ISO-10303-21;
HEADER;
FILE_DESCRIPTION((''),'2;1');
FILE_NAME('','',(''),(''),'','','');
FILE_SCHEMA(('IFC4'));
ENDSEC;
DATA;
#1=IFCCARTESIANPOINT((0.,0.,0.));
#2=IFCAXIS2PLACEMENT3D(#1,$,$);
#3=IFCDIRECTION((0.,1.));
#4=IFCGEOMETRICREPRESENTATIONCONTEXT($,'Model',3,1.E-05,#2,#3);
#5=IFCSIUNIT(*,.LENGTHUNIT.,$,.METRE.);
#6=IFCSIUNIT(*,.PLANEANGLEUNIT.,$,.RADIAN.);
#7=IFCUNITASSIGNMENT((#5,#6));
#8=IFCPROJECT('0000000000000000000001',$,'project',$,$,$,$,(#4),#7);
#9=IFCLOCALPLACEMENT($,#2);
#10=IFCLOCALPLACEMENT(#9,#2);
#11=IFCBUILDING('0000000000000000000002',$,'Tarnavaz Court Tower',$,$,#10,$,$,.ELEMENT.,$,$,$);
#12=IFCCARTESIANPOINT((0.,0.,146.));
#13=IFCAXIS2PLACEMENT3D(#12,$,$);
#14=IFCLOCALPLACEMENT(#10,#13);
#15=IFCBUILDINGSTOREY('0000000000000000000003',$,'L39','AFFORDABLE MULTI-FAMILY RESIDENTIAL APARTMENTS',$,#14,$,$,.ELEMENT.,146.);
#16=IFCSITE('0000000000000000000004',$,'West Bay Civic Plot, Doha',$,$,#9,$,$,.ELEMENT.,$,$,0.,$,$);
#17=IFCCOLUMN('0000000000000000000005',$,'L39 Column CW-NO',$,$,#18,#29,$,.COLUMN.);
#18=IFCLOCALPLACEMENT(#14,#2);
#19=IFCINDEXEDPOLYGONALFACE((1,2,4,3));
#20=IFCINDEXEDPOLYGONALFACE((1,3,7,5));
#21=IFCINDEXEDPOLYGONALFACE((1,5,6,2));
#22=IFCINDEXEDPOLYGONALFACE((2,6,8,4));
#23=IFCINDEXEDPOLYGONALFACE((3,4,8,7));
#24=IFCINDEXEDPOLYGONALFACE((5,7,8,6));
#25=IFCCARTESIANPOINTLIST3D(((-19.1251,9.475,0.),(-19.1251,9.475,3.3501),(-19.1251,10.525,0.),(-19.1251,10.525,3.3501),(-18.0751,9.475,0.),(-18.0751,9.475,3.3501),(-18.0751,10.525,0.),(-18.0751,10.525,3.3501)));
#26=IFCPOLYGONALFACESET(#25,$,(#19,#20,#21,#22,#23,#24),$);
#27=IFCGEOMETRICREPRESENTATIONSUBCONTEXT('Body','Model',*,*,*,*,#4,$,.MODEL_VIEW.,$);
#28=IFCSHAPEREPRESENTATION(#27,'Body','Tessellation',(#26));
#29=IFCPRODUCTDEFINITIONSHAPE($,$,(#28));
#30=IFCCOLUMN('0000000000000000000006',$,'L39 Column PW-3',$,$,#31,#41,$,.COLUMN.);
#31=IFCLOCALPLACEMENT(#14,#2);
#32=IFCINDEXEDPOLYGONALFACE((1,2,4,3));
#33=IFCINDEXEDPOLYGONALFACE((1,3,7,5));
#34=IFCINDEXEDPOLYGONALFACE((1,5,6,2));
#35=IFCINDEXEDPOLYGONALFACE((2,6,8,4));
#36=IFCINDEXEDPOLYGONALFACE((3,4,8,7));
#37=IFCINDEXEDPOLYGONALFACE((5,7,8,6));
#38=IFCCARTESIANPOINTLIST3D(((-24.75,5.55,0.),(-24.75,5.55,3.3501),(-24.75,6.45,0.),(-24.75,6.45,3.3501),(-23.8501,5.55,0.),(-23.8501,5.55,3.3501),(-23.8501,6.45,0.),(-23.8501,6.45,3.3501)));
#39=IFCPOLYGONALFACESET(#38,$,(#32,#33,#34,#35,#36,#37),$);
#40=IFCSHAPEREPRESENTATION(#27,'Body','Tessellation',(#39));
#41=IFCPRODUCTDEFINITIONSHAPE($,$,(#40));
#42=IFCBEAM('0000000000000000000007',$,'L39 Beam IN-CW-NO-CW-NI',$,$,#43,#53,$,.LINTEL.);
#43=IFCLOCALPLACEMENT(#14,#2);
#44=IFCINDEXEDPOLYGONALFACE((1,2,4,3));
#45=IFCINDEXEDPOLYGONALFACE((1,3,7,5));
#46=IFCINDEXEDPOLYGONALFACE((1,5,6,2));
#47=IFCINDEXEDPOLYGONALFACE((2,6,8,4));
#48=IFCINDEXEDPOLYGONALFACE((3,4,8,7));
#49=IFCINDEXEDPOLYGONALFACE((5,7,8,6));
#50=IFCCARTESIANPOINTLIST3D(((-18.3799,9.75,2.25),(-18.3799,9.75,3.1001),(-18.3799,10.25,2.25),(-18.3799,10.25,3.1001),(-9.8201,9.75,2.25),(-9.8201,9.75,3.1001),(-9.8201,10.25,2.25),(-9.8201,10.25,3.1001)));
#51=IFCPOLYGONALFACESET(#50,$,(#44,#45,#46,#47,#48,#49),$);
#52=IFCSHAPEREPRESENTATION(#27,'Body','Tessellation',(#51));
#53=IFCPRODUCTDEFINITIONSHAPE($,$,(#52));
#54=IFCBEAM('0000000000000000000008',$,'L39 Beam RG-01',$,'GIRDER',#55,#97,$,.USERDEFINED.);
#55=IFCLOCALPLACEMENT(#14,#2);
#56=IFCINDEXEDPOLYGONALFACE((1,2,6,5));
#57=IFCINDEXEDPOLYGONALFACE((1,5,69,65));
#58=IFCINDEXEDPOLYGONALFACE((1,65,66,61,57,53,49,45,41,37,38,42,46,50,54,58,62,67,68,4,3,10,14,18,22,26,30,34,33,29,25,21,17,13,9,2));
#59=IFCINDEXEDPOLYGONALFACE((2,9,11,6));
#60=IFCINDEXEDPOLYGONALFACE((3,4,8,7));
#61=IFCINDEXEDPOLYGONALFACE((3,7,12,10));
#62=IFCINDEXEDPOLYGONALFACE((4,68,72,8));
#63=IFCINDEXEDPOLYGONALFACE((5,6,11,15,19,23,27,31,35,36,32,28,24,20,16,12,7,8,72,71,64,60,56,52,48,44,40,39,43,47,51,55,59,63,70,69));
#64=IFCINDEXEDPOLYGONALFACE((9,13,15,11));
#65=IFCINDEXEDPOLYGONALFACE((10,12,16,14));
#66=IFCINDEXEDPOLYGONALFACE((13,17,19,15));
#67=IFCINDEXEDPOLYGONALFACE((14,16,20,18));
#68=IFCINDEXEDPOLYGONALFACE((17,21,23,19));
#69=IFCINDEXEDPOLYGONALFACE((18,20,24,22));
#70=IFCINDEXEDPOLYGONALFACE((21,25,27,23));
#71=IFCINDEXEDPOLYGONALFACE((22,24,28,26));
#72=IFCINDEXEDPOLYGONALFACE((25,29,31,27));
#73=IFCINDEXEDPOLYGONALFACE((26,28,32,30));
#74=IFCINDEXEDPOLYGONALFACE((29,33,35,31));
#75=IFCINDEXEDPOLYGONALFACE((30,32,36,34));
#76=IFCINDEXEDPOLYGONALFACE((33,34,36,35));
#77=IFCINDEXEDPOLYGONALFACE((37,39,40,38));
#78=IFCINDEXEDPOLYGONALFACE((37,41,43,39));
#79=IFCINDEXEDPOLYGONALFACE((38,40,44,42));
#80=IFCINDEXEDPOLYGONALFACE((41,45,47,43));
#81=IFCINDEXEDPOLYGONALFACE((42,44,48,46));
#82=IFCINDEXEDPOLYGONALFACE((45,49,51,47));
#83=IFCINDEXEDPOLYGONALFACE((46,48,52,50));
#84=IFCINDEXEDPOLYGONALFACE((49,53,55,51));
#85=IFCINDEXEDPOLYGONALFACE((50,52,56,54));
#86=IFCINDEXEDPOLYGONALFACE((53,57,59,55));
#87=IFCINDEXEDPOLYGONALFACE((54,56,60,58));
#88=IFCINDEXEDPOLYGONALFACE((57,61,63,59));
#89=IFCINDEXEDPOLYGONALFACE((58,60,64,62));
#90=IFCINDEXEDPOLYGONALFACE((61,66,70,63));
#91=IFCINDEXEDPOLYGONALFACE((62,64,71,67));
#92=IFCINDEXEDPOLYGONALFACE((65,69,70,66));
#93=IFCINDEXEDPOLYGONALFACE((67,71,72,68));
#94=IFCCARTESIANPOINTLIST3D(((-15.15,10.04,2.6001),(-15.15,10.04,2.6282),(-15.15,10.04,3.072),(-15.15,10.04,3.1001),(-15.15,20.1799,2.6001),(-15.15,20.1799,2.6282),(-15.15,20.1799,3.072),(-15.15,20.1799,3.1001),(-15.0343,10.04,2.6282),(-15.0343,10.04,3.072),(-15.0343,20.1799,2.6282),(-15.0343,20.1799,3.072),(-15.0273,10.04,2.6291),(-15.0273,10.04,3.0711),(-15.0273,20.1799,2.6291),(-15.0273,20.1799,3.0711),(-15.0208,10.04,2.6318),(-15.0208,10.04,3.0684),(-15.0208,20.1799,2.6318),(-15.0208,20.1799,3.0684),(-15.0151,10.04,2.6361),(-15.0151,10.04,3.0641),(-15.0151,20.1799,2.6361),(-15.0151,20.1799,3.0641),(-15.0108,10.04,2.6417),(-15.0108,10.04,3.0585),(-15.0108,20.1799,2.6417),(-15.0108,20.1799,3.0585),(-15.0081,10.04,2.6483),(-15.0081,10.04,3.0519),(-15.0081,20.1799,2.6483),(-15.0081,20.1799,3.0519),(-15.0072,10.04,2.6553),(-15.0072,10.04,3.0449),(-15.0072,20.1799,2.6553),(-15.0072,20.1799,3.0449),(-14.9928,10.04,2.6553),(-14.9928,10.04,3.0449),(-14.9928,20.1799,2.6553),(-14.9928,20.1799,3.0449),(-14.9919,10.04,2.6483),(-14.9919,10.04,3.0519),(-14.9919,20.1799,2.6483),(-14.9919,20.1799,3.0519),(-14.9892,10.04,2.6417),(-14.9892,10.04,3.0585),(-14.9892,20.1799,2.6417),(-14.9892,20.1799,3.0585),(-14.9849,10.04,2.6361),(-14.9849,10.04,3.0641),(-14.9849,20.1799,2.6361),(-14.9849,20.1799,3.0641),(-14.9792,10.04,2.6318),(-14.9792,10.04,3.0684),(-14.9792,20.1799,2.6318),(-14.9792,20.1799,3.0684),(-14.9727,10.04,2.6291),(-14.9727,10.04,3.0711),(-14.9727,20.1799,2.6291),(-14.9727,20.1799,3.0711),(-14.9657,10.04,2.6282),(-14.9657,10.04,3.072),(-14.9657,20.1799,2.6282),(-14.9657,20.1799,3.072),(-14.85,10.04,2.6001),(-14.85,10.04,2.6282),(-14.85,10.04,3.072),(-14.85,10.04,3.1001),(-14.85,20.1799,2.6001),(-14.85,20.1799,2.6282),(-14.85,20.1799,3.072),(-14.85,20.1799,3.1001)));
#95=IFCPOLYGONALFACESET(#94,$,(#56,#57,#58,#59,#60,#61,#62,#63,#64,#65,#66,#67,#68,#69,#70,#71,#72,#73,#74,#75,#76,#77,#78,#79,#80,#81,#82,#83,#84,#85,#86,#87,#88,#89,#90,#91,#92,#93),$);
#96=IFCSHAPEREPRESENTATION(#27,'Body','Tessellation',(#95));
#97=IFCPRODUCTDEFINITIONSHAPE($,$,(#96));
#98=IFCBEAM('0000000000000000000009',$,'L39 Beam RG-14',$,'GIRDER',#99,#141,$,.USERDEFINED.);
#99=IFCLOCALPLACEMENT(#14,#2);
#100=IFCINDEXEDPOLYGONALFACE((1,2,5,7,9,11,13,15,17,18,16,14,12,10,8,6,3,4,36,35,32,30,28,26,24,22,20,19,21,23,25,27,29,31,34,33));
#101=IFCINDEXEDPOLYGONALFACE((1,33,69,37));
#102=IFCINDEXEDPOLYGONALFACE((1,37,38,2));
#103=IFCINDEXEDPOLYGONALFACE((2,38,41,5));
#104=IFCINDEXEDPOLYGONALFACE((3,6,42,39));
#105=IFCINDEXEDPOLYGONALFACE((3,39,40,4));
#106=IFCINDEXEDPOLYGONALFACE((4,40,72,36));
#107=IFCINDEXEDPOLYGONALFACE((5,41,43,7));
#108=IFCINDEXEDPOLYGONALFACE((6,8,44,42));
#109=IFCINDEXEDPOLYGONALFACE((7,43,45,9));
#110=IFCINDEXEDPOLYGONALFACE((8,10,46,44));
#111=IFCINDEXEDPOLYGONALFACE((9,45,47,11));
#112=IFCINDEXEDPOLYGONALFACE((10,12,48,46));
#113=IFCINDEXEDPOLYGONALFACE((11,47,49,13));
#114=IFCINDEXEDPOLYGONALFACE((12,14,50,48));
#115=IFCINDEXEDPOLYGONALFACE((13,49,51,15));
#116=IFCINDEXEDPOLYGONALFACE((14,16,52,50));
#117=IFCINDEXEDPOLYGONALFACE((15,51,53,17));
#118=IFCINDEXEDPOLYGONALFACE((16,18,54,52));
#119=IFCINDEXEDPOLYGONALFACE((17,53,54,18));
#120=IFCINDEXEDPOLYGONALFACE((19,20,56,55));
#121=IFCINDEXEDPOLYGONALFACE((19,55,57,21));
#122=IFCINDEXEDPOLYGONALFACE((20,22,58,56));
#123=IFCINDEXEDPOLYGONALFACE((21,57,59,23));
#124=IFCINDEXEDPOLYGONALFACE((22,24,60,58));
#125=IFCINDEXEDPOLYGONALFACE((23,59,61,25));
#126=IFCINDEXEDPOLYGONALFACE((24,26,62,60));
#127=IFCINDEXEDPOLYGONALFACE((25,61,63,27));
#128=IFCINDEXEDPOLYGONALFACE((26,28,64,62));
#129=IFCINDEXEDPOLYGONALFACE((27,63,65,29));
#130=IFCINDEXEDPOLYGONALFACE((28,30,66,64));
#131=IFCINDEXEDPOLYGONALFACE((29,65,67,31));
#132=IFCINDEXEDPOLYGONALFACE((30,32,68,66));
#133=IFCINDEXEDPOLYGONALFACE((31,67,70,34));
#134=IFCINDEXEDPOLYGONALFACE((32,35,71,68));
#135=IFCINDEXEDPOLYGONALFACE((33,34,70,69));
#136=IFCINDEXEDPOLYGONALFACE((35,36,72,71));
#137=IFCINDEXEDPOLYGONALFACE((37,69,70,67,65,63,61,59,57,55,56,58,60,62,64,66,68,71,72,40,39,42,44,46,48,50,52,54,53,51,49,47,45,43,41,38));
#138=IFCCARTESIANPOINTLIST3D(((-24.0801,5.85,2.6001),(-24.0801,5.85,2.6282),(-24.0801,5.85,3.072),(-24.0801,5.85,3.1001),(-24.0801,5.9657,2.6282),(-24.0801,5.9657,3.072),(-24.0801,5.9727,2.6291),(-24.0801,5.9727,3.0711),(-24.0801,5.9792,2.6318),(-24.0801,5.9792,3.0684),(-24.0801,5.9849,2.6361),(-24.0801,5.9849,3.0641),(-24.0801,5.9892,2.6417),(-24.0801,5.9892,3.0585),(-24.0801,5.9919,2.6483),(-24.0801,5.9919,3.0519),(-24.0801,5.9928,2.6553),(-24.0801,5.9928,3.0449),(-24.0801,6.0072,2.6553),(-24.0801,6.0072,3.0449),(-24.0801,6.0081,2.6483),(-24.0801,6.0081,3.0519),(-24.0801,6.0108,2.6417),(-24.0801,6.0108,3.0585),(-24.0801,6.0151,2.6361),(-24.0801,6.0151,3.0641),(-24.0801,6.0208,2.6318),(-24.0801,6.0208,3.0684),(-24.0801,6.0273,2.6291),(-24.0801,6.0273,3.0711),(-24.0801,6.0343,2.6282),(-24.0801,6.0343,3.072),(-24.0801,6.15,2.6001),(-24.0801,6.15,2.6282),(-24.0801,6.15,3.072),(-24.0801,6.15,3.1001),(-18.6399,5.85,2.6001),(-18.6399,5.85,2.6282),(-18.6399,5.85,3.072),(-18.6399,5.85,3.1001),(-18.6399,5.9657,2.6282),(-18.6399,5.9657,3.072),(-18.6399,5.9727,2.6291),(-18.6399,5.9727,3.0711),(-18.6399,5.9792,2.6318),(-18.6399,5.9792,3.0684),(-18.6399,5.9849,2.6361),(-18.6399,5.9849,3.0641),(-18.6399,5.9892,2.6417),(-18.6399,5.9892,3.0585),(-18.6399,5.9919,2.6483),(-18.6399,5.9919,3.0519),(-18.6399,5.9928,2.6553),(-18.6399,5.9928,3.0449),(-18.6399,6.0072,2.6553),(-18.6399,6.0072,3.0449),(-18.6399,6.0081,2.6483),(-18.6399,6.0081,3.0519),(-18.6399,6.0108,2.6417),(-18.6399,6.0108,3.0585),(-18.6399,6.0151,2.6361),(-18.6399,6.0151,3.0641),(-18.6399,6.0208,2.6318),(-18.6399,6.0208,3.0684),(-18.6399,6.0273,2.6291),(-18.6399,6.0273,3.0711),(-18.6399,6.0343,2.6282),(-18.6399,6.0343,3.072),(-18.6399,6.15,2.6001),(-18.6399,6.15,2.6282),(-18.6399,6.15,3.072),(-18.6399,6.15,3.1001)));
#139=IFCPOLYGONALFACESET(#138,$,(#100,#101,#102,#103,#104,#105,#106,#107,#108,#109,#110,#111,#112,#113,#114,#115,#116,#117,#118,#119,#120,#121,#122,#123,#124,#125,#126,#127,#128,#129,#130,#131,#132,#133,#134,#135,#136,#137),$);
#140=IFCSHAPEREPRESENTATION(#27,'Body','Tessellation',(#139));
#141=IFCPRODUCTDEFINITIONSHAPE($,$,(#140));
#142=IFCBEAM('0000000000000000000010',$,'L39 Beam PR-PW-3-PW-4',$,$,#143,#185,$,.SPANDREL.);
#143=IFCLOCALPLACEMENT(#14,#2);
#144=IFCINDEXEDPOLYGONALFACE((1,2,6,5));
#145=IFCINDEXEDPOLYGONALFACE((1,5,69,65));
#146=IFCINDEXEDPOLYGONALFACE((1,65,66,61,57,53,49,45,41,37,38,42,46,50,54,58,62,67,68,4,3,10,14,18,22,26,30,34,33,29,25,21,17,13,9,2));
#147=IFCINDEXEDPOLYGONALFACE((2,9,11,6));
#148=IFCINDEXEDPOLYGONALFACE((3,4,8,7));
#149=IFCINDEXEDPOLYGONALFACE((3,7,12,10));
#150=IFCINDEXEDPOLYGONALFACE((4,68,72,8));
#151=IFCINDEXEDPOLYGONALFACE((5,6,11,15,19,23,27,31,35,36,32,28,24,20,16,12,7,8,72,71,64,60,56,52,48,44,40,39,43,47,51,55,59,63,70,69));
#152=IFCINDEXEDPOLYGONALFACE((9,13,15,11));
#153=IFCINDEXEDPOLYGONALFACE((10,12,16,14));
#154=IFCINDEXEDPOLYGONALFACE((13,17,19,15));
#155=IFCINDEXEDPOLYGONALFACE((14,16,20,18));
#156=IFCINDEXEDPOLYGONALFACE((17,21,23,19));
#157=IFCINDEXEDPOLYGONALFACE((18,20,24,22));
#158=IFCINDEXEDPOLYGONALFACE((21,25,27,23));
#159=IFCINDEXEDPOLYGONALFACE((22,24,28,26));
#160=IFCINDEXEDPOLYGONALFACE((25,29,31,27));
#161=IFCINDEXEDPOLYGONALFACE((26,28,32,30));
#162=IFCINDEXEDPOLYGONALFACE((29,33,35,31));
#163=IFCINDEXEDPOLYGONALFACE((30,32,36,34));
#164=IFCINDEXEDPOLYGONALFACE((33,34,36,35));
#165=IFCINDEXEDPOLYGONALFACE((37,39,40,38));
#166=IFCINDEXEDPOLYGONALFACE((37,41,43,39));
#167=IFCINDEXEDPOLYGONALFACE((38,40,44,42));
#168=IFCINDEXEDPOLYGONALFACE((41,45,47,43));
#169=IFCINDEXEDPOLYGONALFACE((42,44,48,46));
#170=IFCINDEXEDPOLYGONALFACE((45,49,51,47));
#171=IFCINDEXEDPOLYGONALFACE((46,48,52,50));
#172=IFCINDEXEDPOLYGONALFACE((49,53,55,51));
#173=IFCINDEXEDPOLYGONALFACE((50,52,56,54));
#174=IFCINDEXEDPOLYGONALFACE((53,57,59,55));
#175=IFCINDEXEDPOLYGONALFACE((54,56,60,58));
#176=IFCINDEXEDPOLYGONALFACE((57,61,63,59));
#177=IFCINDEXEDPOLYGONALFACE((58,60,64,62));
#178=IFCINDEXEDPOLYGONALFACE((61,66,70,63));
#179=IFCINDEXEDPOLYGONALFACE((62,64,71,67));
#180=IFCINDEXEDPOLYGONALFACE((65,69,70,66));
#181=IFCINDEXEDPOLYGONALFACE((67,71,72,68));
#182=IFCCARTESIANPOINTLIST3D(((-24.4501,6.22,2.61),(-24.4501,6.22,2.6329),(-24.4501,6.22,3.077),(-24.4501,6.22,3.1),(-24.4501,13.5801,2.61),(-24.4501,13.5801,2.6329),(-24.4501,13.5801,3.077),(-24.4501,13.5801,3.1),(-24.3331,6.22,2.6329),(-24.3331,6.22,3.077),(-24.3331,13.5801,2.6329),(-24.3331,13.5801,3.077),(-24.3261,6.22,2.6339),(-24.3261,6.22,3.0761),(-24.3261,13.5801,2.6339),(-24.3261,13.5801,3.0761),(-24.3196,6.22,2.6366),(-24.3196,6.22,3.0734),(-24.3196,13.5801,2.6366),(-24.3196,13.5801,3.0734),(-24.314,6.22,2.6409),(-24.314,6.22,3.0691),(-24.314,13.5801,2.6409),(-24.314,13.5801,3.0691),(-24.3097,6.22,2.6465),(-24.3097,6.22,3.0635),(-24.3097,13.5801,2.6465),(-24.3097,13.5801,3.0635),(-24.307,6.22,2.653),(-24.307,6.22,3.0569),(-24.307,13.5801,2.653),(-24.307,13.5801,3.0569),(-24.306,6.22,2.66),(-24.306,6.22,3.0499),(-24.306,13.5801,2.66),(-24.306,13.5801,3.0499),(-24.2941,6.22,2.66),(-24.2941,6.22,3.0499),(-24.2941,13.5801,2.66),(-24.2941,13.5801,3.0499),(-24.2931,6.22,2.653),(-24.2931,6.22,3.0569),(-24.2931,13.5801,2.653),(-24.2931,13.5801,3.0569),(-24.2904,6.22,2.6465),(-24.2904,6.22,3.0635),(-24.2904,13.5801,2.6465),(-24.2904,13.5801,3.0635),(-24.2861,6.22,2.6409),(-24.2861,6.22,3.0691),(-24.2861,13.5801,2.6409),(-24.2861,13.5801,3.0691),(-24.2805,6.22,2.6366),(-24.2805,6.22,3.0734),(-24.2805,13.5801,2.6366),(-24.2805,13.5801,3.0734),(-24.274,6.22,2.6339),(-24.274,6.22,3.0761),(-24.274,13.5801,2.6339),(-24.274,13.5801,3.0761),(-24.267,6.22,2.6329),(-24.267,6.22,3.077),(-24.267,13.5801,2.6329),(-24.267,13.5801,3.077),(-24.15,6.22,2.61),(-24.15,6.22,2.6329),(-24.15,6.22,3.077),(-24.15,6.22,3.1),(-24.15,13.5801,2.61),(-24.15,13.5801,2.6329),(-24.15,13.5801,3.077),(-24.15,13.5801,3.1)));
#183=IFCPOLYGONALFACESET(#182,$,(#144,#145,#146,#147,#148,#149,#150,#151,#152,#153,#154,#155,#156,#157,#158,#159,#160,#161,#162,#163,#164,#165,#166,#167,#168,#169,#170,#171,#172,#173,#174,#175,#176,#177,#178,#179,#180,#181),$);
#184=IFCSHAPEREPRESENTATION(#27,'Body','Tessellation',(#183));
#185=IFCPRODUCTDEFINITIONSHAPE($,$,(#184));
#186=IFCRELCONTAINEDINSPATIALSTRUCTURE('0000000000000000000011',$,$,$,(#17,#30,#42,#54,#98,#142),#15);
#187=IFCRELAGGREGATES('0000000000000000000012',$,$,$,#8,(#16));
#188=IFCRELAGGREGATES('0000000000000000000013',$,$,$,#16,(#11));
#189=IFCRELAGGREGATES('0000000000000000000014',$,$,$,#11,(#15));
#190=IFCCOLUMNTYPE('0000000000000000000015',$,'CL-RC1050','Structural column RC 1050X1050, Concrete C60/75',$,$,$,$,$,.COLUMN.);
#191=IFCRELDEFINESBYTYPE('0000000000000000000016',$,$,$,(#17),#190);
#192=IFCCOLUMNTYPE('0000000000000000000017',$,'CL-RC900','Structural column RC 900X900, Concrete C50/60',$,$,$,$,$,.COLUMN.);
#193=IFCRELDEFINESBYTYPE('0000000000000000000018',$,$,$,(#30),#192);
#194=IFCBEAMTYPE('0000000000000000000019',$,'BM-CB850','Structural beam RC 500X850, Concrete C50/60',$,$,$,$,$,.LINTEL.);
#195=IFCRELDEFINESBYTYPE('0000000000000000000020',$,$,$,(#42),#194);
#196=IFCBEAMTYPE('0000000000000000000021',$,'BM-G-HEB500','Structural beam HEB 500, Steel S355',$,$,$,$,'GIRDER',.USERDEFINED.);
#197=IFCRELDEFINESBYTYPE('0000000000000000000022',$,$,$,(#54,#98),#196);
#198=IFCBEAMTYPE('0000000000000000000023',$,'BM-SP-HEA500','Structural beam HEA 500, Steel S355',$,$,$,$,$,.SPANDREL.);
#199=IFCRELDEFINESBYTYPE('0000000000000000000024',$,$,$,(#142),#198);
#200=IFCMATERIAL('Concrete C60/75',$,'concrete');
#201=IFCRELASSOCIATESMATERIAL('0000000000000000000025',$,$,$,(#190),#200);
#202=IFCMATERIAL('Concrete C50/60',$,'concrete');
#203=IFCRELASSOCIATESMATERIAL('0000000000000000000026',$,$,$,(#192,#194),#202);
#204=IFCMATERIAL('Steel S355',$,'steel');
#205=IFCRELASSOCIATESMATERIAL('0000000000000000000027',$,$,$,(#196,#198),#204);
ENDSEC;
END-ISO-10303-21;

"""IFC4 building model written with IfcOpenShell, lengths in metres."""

from ifc_helpers import new_model, si_unit, direction, frame, origin, origin_2d, place, context, subcontext, project, spatial, rectangle, i_section, extrude, material, material_profile, profile_set, type_object, element, save


model = new_model("IFC4")

# Units and contexts
model_context = context("Model", 3, precision=1e-05, world=origin(), true_north=direction((0.0, 1.0)))
body_context = subcontext(model_context, "Body", "Model", "MODEL_VIEW")
ifc_project = project(units=[si_unit("LENGTHUNIT", "METRE"), si_unit("PLANEANGLEUNIT", "RADIAN")], contexts=[model_context])

# Site, building, storey
site_placement = place(None, origin())
site = spatial("IfcSite", under=ifc_project, at=site_placement, Name="West Bay Civic Plot, Doha", CompositionType="ELEMENT", RefElevation=0.0)
building_placement = place(site_placement, origin())
building = spatial("IfcBuilding", under=site, at=building_placement, Name="Tarnavaz Court Tower", CompositionType="ELEMENT")
storey_placement = place(building_placement, frame((0.0, 0.0, 146.0)))
storey = spatial("IfcBuildingStorey", under=building, at=storey_placement, Name="L39", Description="AFFORDABLE MULTI-FAMILY RESIDENTIAL APARTMENTS", CompositionType="ELEMENT", Elevation=146.0)

# Columns
ifc_material_1 = material(Name="Concrete C60/75", Category="concrete")
ifc_material_profile_1 = material_profile(ifc_material_1, rectangle(XDim=1.05, YDim=1.05, at=origin_2d()), Name="RC 1050X1050")
ifc_profile_set_1 = profile_set([ifc_material_profile_1], Name="Concrete C60/75")
column_type_1 = type_object("IfcColumnType", Name="CL-RC1050", Description="Structural column RC 1050X1050, Concrete C60/75", PredefinedType="COLUMN", material=ifc_profile_set_1)
column_1_placement = place(storey_placement, frame((-18.6001, 10.0, 0.0), z_axis=(0.0, 0.0, 1.0), x_axis=(1.0, 0.0, 0.0)))
element("IfcColumn", 1, at=column_1_placement, inside=storey, type_object=column_type_1, Name="L39 Column CW-NO", PredefinedType="COLUMN", context=body_context, shape_type="SweptSolid", body=[
    extrude(rectangle(XDim=1.05, YDim=1.05, at=origin_2d()), origin(), (0.0, 0.0, 1.0), 3.3501),
])
ifc_material_2 = material(Name="Concrete C50/60", Category="concrete")
ifc_material_profile_2 = material_profile(ifc_material_2, rectangle(XDim=0.8999, YDim=0.8999, at=origin_2d()), Name="RC 900X900")
ifc_profile_set_2 = profile_set([ifc_material_profile_2], Name="Concrete C50/60")
column_type_2 = type_object("IfcColumnType", Name="CL-RC900", Description="Structural column RC 900X900, Concrete C50/60", PredefinedType="COLUMN", material=ifc_profile_set_2)
column_2_placement = place(storey_placement, frame((-24.3, 6.0, 0.0), z_axis=(0.0, 0.0, 1.0), x_axis=(1.0, 0.0, 0.0)))
element("IfcColumn", 2, at=column_2_placement, inside=storey, type_object=column_type_2, Name="L39 Column PW-3", PredefinedType="COLUMN", context=body_context, shape_type="SweptSolid", body=[
    extrude(rectangle(XDim=0.8999, YDim=0.8999, at=origin_2d()), origin(), (0.0, 0.0, 1.0), 3.3501),
])

# Beams
ifc_material_profile_3 = material_profile(ifc_material_2, rectangle(XDim=0.5, YDim=0.8501, at=origin_2d()), Name="RC 500X850")
ifc_profile_set_3 = profile_set([ifc_material_profile_3], Name="Concrete C50/60")
beam_type_1 = type_object("IfcBeamType", Name="BM-CB850", Description="Structural beam RC 500X850, Concrete C50/60", PredefinedType="LINTEL", material=ifc_profile_set_3)
beam_1_placement = place(storey_placement, frame((-18.3799, 10.0, 2.675), z_axis=(1.0, 0.0, 0.0), x_axis=(0.0, 1.0, 0.0)))
element("IfcBeam", 3, at=beam_1_placement, inside=storey, type_object=beam_type_1, Name="L39 Beam IN-CW-NO-CW-NI", PredefinedType="LINTEL", context=body_context, shape_type="SweptSolid", body=[
    extrude(rectangle(XDim=0.5, YDim=0.8501, at=origin_2d()), origin(), (0.0, 0.0, 1.0), 8.5598),
])
ifc_material_3 = material(Name="Steel S355", Category="steel")
ifc_material_profile_4 = material_profile(ifc_material_3, i_section(OverallWidth=0.3, OverallDepth=0.5, WebThickness=0.0144, FlangeThickness=0.0281, FilletRadius=0.0271, at=origin_2d()), Name="HEB 500")
ifc_profile_set_4 = profile_set([ifc_material_profile_4], Name="Steel S355")
beam_type_2 = type_object("IfcBeamType", Name="BM-G-HEB500", Description="Structural beam HEB 500, Steel S355", ElementType="GIRDER", PredefinedType="USERDEFINED", material=ifc_profile_set_4)
beam_2_placement = place(storey_placement, frame((-15.0, 10.04, 2.8501), z_axis=(0.0, 1.0, 0.0), x_axis=(-1.0, 0.0, 0.0)))
element("IfcBeam", 4, at=beam_2_placement, inside=storey, type_object=beam_type_2, Name="L39 Beam RG-01", ObjectType="GIRDER", PredefinedType="USERDEFINED", context=body_context, shape_type="SweptSolid", body=[
    extrude(i_section(OverallWidth=0.3, OverallDepth=0.5, WebThickness=0.0144, FlangeThickness=0.0281, FilletRadius=0.0271, at=origin_2d()), origin(), (0.0, 0.0, 1.0), 10.1399),
])
beam_3_placement = place(storey_placement, frame((-18.6399, 6.0, 2.8501), z_axis=(-1.0, 0.0, 0.0), x_axis=(0.0, -1.0, 0.0)))
element("IfcBeam", 5, at=beam_3_placement, inside=storey, type_object=beam_type_2, Name="L39 Beam RG-14", ObjectType="GIRDER", PredefinedType="USERDEFINED", context=body_context, shape_type="SweptSolid", body=[
    extrude(i_section(OverallWidth=0.3, OverallDepth=0.5, WebThickness=0.0144, FlangeThickness=0.0281, FilletRadius=0.0271, at=origin_2d()), origin(), (0.0, 0.0, 1.0), 5.4402),
])
ifc_material_profile_5 = material_profile(ifc_material_3, i_section(OverallWidth=0.3, OverallDepth=0.49, WebThickness=0.012, FlangeThickness=0.0229, FilletRadius=0.0271, at=origin_2d()), Name="HEA 500")
ifc_profile_set_5 = profile_set([ifc_material_profile_5], Name="Steel S355")
beam_type_3 = type_object("IfcBeamType", Name="BM-SP-HEA500", Description="Structural beam HEA 500, Steel S355", PredefinedType="SPANDREL", material=ifc_profile_set_5)
beam_4_placement = place(storey_placement, frame((-24.3, 6.22, 2.855), z_axis=(0.0, 1.0, 0.0), x_axis=(-1.0, 0.0, 0.0)))
element("IfcBeam", 6, at=beam_4_placement, inside=storey, type_object=beam_type_3, Name="L39 Beam PR-PW-3-PW-4", PredefinedType="SPANDREL", context=body_context, shape_type="SweptSolid", body=[
    extrude(i_section(OverallWidth=0.3, OverallDepth=0.49, WebThickness=0.012, FlangeThickness=0.0229, FilletRadius=0.0271, at=origin_2d()), origin(), (0.0, 0.0, 1.0), 7.3601),
])

save(model, "model.ifc")
